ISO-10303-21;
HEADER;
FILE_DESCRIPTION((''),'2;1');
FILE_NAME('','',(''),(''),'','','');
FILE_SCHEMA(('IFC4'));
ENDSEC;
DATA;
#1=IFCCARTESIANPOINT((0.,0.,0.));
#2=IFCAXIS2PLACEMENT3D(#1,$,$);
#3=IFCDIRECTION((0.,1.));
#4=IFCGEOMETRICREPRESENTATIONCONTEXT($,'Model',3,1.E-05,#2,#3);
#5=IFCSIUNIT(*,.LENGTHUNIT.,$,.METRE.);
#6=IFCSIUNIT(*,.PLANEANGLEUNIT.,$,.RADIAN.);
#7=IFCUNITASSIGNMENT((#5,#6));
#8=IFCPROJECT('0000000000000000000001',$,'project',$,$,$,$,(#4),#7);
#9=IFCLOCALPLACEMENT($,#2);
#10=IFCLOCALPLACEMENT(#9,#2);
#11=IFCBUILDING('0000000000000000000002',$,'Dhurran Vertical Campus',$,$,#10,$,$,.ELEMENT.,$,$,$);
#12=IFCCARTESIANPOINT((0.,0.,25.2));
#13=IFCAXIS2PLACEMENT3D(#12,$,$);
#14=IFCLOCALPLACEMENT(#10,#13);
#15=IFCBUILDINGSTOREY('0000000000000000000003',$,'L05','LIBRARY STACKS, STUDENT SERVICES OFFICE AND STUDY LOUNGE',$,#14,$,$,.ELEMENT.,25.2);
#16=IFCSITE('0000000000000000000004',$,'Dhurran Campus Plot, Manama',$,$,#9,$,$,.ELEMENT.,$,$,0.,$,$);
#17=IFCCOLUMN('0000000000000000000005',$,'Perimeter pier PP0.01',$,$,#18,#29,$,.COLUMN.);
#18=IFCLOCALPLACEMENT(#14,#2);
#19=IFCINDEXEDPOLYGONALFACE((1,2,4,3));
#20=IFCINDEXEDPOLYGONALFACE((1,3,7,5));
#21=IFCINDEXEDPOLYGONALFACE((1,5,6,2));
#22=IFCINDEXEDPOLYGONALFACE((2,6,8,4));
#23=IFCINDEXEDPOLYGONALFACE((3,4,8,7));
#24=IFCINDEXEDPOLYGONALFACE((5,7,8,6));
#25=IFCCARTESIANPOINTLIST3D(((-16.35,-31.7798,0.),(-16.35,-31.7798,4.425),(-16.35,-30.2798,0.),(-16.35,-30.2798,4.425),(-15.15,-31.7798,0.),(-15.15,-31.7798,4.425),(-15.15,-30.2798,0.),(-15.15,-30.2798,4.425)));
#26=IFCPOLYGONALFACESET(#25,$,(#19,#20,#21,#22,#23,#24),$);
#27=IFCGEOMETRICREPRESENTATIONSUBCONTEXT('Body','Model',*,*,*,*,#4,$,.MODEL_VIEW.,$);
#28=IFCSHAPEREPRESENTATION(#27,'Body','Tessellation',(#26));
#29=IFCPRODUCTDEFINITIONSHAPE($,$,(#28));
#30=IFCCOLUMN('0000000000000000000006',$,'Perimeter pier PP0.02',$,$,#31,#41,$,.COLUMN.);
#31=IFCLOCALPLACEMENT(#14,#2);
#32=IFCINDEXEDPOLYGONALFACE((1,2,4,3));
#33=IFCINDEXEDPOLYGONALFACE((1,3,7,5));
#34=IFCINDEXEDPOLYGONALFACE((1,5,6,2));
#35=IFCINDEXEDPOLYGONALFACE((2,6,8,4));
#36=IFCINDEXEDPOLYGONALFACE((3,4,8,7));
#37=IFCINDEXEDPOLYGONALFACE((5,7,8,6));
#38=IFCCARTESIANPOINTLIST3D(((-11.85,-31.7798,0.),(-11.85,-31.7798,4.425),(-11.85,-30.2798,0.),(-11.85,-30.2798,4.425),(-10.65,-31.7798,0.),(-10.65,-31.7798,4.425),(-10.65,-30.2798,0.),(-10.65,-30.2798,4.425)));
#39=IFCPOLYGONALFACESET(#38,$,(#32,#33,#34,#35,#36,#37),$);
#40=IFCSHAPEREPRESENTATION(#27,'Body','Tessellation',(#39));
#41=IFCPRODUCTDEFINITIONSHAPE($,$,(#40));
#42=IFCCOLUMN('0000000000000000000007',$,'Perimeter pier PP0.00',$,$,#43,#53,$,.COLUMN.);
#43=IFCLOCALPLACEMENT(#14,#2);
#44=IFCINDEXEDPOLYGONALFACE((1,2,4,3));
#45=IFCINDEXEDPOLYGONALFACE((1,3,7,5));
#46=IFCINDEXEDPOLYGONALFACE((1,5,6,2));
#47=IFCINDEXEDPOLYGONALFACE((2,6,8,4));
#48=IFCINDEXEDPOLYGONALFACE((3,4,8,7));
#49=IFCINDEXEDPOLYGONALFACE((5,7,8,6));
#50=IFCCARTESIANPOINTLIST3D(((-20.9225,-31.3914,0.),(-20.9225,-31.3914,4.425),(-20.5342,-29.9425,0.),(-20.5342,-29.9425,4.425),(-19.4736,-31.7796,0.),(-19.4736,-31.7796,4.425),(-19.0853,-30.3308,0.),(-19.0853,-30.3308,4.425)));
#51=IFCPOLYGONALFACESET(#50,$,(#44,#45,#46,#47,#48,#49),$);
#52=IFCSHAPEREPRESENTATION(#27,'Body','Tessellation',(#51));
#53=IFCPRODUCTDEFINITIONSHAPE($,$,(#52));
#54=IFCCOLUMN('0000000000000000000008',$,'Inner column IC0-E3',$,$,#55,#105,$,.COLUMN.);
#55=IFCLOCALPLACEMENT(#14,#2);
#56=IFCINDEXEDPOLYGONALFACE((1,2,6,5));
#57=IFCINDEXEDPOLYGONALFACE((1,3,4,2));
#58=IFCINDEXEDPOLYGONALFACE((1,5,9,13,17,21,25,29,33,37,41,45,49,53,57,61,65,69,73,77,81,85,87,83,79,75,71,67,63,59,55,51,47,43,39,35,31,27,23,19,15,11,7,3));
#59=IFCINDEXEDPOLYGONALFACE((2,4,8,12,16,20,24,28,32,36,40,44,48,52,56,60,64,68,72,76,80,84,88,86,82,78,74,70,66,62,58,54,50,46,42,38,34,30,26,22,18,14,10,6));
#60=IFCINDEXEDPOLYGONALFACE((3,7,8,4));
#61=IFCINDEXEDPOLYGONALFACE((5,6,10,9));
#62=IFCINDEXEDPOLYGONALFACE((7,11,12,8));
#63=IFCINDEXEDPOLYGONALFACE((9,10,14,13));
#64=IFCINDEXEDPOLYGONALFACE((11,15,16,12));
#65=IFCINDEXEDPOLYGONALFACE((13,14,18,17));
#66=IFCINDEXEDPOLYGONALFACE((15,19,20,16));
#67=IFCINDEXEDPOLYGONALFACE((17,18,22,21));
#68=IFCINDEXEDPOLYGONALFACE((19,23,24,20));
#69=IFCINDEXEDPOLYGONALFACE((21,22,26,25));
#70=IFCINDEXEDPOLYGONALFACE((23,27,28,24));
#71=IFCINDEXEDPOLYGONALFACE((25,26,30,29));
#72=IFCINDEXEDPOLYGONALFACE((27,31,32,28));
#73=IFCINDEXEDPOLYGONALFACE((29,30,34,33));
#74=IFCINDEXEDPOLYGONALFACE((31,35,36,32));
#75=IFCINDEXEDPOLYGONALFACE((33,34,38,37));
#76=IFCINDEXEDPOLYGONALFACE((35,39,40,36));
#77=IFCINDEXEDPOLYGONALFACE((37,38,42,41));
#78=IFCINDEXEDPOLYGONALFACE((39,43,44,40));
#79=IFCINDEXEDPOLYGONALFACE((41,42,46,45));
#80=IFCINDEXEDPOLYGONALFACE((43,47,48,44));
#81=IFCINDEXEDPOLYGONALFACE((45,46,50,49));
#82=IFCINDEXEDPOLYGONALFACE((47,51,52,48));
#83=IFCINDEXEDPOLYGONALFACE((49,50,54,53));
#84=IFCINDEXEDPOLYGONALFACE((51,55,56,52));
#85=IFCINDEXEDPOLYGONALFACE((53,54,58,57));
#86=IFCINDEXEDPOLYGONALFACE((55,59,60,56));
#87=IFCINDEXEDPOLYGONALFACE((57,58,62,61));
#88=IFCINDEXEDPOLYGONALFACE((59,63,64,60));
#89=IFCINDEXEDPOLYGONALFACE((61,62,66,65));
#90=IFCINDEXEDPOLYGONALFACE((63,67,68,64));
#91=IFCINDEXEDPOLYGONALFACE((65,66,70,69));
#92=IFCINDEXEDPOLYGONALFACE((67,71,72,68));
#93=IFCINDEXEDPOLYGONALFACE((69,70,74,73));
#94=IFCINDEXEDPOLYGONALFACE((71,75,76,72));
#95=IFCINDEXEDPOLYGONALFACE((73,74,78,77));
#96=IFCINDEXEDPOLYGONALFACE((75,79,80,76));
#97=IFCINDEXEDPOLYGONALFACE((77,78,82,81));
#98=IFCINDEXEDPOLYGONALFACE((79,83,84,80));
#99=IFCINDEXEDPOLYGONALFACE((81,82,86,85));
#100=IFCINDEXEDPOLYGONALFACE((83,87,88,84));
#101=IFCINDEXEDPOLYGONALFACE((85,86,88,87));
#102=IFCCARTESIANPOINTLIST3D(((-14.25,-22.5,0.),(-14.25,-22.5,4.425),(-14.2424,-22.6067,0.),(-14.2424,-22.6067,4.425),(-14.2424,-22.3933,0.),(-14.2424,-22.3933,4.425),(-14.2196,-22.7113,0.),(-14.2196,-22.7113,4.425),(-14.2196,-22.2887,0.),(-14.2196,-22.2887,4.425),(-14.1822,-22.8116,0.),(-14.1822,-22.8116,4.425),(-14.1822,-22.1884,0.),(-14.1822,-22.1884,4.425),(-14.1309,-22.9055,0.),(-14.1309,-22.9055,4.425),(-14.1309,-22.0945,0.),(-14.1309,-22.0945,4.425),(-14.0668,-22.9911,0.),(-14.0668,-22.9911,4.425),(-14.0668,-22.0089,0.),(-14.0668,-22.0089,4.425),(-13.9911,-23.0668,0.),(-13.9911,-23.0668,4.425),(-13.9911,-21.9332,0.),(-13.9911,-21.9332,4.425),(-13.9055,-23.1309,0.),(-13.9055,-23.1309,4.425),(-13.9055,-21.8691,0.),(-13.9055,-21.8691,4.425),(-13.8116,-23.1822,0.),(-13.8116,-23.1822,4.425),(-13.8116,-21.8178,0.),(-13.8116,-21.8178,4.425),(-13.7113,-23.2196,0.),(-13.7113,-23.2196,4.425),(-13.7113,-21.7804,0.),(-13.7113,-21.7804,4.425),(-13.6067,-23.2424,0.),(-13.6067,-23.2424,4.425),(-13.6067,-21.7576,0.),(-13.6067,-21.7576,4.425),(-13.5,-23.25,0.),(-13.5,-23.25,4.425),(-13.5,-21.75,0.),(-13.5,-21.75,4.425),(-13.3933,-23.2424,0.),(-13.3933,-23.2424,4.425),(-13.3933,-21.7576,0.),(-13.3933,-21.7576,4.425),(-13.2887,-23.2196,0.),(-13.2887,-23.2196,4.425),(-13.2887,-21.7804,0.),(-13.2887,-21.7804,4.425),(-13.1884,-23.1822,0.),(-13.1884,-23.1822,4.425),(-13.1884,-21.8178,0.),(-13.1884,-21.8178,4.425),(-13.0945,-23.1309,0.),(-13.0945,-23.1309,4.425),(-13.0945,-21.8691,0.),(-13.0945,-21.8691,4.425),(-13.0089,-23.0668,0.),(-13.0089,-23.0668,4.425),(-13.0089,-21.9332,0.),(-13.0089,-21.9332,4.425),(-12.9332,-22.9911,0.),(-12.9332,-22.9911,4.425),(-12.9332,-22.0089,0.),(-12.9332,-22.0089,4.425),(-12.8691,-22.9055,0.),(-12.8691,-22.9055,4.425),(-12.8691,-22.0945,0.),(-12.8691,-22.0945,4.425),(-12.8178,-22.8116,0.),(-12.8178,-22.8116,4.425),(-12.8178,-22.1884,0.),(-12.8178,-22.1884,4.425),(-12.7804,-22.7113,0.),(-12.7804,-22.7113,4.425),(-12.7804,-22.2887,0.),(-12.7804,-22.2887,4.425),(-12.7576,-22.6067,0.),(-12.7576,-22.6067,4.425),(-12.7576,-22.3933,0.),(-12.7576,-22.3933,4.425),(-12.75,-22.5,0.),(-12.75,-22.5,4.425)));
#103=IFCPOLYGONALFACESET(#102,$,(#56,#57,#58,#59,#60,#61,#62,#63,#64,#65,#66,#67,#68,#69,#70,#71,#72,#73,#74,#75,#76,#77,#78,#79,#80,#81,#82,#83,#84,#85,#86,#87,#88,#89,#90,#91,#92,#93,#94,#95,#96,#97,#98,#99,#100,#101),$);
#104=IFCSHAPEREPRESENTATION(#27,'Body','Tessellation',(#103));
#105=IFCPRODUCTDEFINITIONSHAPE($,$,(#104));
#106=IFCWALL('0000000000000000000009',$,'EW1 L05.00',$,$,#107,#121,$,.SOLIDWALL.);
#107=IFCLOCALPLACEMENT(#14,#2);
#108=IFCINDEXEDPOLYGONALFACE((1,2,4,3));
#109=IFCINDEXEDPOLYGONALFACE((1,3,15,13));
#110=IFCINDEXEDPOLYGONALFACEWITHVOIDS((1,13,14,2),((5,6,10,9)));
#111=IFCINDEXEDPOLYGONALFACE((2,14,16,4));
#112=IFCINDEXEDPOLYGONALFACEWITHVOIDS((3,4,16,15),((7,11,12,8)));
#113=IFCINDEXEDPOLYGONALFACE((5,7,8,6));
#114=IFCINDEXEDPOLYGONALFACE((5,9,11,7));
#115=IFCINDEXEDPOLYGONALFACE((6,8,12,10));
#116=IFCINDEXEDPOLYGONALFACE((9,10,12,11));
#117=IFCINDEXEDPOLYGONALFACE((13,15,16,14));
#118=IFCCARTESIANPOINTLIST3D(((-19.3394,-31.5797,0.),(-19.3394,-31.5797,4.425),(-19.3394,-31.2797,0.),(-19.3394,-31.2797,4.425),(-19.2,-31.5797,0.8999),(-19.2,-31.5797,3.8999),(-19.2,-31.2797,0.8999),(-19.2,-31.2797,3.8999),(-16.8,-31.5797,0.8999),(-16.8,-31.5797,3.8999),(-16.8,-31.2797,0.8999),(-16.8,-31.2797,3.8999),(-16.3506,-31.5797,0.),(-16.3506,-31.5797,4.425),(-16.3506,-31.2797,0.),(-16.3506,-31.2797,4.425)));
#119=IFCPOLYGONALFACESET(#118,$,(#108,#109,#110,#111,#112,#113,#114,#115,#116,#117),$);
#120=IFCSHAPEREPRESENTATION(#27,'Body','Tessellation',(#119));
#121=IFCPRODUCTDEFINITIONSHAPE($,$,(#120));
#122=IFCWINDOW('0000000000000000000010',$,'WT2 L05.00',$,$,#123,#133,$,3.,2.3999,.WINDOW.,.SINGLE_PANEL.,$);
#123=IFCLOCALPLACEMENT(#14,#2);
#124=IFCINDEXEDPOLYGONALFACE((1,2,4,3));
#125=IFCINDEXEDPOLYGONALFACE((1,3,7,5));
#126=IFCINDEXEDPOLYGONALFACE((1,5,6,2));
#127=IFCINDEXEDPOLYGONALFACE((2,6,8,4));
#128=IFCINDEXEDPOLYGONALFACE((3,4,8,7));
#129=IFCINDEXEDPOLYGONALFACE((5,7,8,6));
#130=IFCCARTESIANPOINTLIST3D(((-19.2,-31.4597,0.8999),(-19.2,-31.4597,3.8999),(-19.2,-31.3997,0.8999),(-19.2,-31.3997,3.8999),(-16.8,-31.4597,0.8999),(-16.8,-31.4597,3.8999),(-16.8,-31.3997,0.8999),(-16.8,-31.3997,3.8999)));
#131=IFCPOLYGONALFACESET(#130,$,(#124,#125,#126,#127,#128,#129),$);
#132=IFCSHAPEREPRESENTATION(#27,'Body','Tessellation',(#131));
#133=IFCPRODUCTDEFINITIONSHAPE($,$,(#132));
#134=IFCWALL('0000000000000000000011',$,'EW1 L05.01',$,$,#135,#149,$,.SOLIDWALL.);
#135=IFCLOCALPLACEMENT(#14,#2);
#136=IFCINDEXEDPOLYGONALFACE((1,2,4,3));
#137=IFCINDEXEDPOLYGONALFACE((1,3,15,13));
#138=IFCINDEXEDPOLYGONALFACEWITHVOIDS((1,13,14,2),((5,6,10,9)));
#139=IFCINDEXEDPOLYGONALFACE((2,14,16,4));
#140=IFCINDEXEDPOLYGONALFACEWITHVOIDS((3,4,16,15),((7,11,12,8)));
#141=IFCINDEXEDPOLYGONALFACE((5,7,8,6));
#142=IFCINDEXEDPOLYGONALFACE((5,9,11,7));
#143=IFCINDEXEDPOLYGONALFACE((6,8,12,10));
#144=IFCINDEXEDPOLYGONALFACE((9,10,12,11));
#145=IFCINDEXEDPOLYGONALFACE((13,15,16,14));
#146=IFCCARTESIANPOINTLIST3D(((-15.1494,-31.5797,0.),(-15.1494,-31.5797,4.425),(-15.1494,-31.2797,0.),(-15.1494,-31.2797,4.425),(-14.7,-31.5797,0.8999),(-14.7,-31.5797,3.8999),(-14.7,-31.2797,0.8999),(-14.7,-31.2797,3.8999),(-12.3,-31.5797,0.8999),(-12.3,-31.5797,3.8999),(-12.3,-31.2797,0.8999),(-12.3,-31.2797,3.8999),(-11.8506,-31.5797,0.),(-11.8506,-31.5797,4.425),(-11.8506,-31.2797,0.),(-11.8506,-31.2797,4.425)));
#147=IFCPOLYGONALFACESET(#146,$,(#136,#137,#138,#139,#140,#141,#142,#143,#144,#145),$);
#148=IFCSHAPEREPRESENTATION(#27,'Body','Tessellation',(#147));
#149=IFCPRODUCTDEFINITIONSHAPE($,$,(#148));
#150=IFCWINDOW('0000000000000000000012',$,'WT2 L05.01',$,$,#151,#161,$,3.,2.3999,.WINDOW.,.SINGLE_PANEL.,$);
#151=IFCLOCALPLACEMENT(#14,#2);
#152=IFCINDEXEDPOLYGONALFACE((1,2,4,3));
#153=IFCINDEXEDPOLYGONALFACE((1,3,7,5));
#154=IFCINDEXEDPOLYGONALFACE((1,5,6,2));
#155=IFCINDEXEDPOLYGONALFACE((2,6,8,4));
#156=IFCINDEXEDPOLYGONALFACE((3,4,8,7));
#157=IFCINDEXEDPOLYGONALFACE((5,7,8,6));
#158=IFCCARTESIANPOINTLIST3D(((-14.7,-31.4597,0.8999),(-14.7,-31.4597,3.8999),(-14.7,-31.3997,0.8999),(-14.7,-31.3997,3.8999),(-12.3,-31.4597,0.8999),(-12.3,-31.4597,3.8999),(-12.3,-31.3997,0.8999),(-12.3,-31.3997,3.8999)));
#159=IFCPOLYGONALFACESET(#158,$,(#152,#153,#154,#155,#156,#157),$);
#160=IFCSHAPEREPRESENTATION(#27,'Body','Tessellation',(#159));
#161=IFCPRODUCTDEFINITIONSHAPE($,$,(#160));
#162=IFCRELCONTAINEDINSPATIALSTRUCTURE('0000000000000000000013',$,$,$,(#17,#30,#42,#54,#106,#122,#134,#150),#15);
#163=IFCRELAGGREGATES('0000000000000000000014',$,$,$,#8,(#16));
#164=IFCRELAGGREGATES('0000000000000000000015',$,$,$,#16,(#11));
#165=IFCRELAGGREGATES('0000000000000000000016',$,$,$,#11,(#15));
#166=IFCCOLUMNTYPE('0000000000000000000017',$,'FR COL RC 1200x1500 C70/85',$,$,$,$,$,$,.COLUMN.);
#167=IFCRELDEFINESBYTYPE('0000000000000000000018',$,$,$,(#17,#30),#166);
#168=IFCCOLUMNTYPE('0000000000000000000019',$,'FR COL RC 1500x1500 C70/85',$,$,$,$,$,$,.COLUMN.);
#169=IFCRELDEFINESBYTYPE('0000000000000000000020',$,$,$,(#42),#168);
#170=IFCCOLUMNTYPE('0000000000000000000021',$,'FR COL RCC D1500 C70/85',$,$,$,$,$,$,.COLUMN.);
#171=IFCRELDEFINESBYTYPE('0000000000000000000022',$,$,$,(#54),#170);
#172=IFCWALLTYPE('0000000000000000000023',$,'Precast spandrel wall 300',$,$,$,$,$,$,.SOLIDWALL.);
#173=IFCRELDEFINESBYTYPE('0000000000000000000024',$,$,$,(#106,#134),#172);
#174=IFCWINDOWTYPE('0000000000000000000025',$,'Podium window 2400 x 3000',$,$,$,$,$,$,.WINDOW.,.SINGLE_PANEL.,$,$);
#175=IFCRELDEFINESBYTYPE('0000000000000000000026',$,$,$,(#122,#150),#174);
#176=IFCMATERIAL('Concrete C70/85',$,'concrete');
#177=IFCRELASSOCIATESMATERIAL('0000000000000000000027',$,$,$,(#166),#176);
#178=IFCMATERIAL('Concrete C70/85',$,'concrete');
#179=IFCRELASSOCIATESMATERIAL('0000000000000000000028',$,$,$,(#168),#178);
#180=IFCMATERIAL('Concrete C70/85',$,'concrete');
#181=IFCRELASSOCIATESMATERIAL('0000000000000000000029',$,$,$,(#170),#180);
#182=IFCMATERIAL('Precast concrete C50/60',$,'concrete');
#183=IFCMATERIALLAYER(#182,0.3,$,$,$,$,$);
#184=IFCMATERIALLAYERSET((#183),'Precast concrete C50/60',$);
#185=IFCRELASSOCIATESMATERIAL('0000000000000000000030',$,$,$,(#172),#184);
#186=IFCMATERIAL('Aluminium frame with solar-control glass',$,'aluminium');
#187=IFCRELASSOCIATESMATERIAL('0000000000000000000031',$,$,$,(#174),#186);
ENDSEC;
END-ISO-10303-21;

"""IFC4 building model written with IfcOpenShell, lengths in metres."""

from ifc_helpers import new_model, si_unit, direction, frame, frame_2d, origin, origin_2d, place, context, subcontext, project, spatial, rectangle, circle, extrude, material, layer, layer_set, material_profile, profile_set, type_object, element, fill, save


model = new_model("IFC4")

# Units and contexts
model_context = context("Model", 3, precision=1e-05, world=origin(), true_north=direction((0.0, 1.0)))
body_context = subcontext(model_context, "Body", "Model", "MODEL_VIEW")
ifc_project = project(units=[si_unit("LENGTHUNIT", "METRE"), si_unit("PLANEANGLEUNIT", "RADIAN")], contexts=[model_context])

# Site, building, storey
site_placement = place(None, origin())
site = spatial("IfcSite", under=ifc_project, at=site_placement, Name="Dhurran Campus Plot, Manama", CompositionType="ELEMENT", RefElevation=0.0)
building_placement = place(site_placement, origin())
building = spatial("IfcBuilding", under=site, at=building_placement, Name="Dhurran Vertical Campus", CompositionType="ELEMENT")
storey_placement = place(building_placement, frame((0.0, 0.0, 25.2)))
storey = spatial("IfcBuildingStorey", under=building, at=storey_placement, Name="L05", Description="LIBRARY STACKS, STUDENT SERVICES OFFICE AND STUDY LOUNGE", CompositionType="ELEMENT", Elevation=25.2)

# Columns
ifc_material_1 = material(Name="Concrete C70/85", Category="concrete")
ifc_material_profile_1 = material_profile(ifc_material_1, rectangle(XDim=1.2, YDim=1.5, at=origin_2d()), Name="RC 1200x1500")
ifc_profile_set_1 = profile_set([ifc_material_profile_1], Name="Concrete C70/85")
column_type_1 = type_object("IfcColumnType", Name="FR COL RC 1200x1500 C70/85", PredefinedType="COLUMN", material=ifc_profile_set_1)
for number, where, z_axis, x_axis, name in (
    (1, (-15.75, -31.0298, 0.0), (0.0, 0.0, 1.0), (1.0, 0.0, 0.0), "Perimeter pier PP0.01"),
    (2, (-11.25, -31.0298, 0.0), (0.0, 0.0, 1.0), (1.0, 0.0, 0.0), "Perimeter pier PP0.02"),
):
    element("IfcColumn", number, at=place(storey_placement, frame(where, z_axis=z_axis, x_axis=x_axis)), inside=storey, type_object=column_type_1, Name=name, PredefinedType="COLUMN", context=body_context, shape_type="SweptSolid", body=[
        extrude(rectangle(XDim=1.2, YDim=1.5, at=origin_2d()), origin(), (0.0, 0.0, 1.0), 4.425),
    ])
ifc_material_2 = material(Name="Concrete C70/85", Category="concrete")
ifc_material_profile_2 = material_profile(ifc_material_2, rectangle(XDim=1.5, YDim=1.5, at=origin_2d()), Name="RC 1500x1500")
ifc_profile_set_2 = profile_set([ifc_material_profile_2], Name="Concrete C70/85")
column_type_2 = type_object("IfcColumnType", Name="FR COL RC 1500x1500 C70/85", PredefinedType="COLUMN", material=ifc_profile_set_2)
column_1_placement = place(storey_placement, frame((-20.0039, -30.8611, 0.0), z_axis=(0.0, 0.0, 1.0), x_axis=(0.965926, -0.258819, 0.0)))
element("IfcColumn", 3, at=column_1_placement, inside=storey, type_object=column_type_2, Name="Perimeter pier PP0.00", PredefinedType="COLUMN", context=body_context, shape_type="SweptSolid", body=[
    extrude(rectangle(XDim=1.5, YDim=1.5, at=origin_2d()), origin(), (0.0, 0.0, 1.0), 4.425),
])
ifc_material_3 = material(Name="Concrete C70/85", Category="concrete")
ifc_material_profile_3 = material_profile(ifc_material_3, circle(Radius=0.75, at=origin_2d()), Name="RCC D1500")
ifc_profile_set_3 = profile_set([ifc_material_profile_3], Name="Concrete C70/85")
column_type_3 = type_object("IfcColumnType", Name="FR COL RCC D1500 C70/85", PredefinedType="COLUMN", material=ifc_profile_set_3)
column_2_placement = place(storey_placement, frame((-13.5, -22.5, 0.0), z_axis=(0.0, 0.0, 1.0), x_axis=(1.0, 0.0, 0.0)))
element("IfcColumn", 4, at=column_2_placement, inside=storey, type_object=column_type_3, Name="Inner column IC0-E3", PredefinedType="COLUMN", context=body_context, shape_type="SweptSolid", body=[
    extrude(circle(Radius=0.75, at=origin_2d()), origin(), (0.0, 0.0, 1.0), 4.425),
])

# Walls, openings, windows
ifc_material_4 = material(Name="Precast concrete C50/60", Category="concrete")
ifc_layer_1 = layer(ifc_material_4, 0.3)
ifc_layer_set_1 = layer_set([ifc_layer_1], Name="Precast concrete C50/60")
wall_type_1 = type_object("IfcWallType", Name="Precast spandrel wall 300", PredefinedType="SOLIDWALL", material=ifc_layer_set_1)
wall_1_placement = place(storey_placement, frame((-19.3394, -31.4297, 0.0), z_axis=(0.0, 0.0, 1.0), x_axis=(1.0, 0.0, 0.0)))
wall_1 = element("IfcWall", 5, at=wall_1_placement, inside=storey, type_object=wall_type_1, Name="EW1 L05.00", PredefinedType="SOLIDWALL", context=body_context, shape_type="SweptSolid", body=[
    extrude(rectangle(XDim=2.9888, YDim=0.3, at=frame_2d((1.4944, 0.0))), origin(), (0.0, 0.0, 1.0), 4.425),
])
opening_1_placement = place(wall_1_placement, frame((0.1394, 0.0, 0.8999)))
opening_1 = element("IfcOpeningElement", 6, at=opening_1_placement, cuts=wall_1, PredefinedType="OPENING", context=body_context, shape_type="SweptSolid", body=[
    extrude(rectangle(XDim=2.3999, YDim=3.0, at=frame_2d((1.2, 1.5))), frame((0.0, 0.1599, 0.0), z_axis=(0.0, -1.0, 0.0), x_axis=(1.0, 0.0, 0.0)), (0.0, 0.0, 1.0), 0.3201),
])
ifc_material_5 = material(Name="Aluminium frame with solar-control glass", Category="aluminium")
window_type = type_object("IfcWindowType", Name="Podium window 2400 x 3000", PartitioningType="SINGLE_PANEL", PredefinedType="WINDOW", material=ifc_material_5)
window_1_placement = place(opening_1_placement, origin())
window_1 = element("IfcWindow", 7, at=window_1_placement, inside=storey, type_object=window_type, Name="WT2 L05.00", OverallHeight=3.0, OverallWidth=2.3999, PartitioningType="SINGLE_PANEL", PredefinedType="WINDOW", context=body_context, shape_type="SweptSolid", body=[
    extrude(rectangle(XDim=2.3999, YDim=3.0, at=frame_2d((1.2, 1.5))), frame((0.0, 0.03, 0.0), z_axis=(0.0, -1.0, 0.0), x_axis=(1.0, 0.0, 0.0)), (0.0, 0.0, 1.0), 0.0601),
])
fill(opening_1, window_1)
wall_2_placement = place(storey_placement, frame((-15.1494, -31.4297, 0.0), z_axis=(0.0, 0.0, 1.0), x_axis=(1.0, 0.0, 0.0)))
wall_2 = element("IfcWall", 8, at=wall_2_placement, inside=storey, type_object=wall_type_1, Name="EW1 L05.01", PredefinedType="SOLIDWALL", context=body_context, shape_type="SweptSolid", body=[
    extrude(rectangle(XDim=3.2988, YDim=0.3, at=frame_2d((1.6494, 0.0))), origin(), (0.0, 0.0, 1.0), 4.425),
])
opening_2_placement = place(wall_2_placement, frame((0.4495, 0.0, 0.8999)))
opening_2 = element("IfcOpeningElement", 9, at=opening_2_placement, cuts=wall_2, PredefinedType="OPENING", context=body_context, shape_type="SweptSolid", body=[
    extrude(rectangle(XDim=2.3999, YDim=3.0, at=frame_2d((1.2, 1.5))), frame((0.0, 0.1599, 0.0), z_axis=(0.0, -1.0, 0.0), x_axis=(1.0, 0.0, 0.0)), (0.0, 0.0, 1.0), 0.3201),
])
window_2_placement = place(opening_2_placement, origin())
window_2 = element("IfcWindow", 10, at=window_2_placement, inside=storey, type_object=window_type, Name="WT2 L05.01", OverallHeight=3.0, OverallWidth=2.3999, PartitioningType="SINGLE_PANEL", PredefinedType="WINDOW", context=body_context, shape_type="SweptSolid", body=[
    extrude(rectangle(XDim=2.3999, YDim=3.0, at=frame_2d((1.2, 1.5))), frame((0.0, 0.03, 0.0), z_axis=(0.0, -1.0, 0.0), x_axis=(1.0, 0.0, 0.0)), (0.0, 0.0, 1.0), 0.0601),
])
fill(opening_2, window_2)

save(model, "model.ifc")
